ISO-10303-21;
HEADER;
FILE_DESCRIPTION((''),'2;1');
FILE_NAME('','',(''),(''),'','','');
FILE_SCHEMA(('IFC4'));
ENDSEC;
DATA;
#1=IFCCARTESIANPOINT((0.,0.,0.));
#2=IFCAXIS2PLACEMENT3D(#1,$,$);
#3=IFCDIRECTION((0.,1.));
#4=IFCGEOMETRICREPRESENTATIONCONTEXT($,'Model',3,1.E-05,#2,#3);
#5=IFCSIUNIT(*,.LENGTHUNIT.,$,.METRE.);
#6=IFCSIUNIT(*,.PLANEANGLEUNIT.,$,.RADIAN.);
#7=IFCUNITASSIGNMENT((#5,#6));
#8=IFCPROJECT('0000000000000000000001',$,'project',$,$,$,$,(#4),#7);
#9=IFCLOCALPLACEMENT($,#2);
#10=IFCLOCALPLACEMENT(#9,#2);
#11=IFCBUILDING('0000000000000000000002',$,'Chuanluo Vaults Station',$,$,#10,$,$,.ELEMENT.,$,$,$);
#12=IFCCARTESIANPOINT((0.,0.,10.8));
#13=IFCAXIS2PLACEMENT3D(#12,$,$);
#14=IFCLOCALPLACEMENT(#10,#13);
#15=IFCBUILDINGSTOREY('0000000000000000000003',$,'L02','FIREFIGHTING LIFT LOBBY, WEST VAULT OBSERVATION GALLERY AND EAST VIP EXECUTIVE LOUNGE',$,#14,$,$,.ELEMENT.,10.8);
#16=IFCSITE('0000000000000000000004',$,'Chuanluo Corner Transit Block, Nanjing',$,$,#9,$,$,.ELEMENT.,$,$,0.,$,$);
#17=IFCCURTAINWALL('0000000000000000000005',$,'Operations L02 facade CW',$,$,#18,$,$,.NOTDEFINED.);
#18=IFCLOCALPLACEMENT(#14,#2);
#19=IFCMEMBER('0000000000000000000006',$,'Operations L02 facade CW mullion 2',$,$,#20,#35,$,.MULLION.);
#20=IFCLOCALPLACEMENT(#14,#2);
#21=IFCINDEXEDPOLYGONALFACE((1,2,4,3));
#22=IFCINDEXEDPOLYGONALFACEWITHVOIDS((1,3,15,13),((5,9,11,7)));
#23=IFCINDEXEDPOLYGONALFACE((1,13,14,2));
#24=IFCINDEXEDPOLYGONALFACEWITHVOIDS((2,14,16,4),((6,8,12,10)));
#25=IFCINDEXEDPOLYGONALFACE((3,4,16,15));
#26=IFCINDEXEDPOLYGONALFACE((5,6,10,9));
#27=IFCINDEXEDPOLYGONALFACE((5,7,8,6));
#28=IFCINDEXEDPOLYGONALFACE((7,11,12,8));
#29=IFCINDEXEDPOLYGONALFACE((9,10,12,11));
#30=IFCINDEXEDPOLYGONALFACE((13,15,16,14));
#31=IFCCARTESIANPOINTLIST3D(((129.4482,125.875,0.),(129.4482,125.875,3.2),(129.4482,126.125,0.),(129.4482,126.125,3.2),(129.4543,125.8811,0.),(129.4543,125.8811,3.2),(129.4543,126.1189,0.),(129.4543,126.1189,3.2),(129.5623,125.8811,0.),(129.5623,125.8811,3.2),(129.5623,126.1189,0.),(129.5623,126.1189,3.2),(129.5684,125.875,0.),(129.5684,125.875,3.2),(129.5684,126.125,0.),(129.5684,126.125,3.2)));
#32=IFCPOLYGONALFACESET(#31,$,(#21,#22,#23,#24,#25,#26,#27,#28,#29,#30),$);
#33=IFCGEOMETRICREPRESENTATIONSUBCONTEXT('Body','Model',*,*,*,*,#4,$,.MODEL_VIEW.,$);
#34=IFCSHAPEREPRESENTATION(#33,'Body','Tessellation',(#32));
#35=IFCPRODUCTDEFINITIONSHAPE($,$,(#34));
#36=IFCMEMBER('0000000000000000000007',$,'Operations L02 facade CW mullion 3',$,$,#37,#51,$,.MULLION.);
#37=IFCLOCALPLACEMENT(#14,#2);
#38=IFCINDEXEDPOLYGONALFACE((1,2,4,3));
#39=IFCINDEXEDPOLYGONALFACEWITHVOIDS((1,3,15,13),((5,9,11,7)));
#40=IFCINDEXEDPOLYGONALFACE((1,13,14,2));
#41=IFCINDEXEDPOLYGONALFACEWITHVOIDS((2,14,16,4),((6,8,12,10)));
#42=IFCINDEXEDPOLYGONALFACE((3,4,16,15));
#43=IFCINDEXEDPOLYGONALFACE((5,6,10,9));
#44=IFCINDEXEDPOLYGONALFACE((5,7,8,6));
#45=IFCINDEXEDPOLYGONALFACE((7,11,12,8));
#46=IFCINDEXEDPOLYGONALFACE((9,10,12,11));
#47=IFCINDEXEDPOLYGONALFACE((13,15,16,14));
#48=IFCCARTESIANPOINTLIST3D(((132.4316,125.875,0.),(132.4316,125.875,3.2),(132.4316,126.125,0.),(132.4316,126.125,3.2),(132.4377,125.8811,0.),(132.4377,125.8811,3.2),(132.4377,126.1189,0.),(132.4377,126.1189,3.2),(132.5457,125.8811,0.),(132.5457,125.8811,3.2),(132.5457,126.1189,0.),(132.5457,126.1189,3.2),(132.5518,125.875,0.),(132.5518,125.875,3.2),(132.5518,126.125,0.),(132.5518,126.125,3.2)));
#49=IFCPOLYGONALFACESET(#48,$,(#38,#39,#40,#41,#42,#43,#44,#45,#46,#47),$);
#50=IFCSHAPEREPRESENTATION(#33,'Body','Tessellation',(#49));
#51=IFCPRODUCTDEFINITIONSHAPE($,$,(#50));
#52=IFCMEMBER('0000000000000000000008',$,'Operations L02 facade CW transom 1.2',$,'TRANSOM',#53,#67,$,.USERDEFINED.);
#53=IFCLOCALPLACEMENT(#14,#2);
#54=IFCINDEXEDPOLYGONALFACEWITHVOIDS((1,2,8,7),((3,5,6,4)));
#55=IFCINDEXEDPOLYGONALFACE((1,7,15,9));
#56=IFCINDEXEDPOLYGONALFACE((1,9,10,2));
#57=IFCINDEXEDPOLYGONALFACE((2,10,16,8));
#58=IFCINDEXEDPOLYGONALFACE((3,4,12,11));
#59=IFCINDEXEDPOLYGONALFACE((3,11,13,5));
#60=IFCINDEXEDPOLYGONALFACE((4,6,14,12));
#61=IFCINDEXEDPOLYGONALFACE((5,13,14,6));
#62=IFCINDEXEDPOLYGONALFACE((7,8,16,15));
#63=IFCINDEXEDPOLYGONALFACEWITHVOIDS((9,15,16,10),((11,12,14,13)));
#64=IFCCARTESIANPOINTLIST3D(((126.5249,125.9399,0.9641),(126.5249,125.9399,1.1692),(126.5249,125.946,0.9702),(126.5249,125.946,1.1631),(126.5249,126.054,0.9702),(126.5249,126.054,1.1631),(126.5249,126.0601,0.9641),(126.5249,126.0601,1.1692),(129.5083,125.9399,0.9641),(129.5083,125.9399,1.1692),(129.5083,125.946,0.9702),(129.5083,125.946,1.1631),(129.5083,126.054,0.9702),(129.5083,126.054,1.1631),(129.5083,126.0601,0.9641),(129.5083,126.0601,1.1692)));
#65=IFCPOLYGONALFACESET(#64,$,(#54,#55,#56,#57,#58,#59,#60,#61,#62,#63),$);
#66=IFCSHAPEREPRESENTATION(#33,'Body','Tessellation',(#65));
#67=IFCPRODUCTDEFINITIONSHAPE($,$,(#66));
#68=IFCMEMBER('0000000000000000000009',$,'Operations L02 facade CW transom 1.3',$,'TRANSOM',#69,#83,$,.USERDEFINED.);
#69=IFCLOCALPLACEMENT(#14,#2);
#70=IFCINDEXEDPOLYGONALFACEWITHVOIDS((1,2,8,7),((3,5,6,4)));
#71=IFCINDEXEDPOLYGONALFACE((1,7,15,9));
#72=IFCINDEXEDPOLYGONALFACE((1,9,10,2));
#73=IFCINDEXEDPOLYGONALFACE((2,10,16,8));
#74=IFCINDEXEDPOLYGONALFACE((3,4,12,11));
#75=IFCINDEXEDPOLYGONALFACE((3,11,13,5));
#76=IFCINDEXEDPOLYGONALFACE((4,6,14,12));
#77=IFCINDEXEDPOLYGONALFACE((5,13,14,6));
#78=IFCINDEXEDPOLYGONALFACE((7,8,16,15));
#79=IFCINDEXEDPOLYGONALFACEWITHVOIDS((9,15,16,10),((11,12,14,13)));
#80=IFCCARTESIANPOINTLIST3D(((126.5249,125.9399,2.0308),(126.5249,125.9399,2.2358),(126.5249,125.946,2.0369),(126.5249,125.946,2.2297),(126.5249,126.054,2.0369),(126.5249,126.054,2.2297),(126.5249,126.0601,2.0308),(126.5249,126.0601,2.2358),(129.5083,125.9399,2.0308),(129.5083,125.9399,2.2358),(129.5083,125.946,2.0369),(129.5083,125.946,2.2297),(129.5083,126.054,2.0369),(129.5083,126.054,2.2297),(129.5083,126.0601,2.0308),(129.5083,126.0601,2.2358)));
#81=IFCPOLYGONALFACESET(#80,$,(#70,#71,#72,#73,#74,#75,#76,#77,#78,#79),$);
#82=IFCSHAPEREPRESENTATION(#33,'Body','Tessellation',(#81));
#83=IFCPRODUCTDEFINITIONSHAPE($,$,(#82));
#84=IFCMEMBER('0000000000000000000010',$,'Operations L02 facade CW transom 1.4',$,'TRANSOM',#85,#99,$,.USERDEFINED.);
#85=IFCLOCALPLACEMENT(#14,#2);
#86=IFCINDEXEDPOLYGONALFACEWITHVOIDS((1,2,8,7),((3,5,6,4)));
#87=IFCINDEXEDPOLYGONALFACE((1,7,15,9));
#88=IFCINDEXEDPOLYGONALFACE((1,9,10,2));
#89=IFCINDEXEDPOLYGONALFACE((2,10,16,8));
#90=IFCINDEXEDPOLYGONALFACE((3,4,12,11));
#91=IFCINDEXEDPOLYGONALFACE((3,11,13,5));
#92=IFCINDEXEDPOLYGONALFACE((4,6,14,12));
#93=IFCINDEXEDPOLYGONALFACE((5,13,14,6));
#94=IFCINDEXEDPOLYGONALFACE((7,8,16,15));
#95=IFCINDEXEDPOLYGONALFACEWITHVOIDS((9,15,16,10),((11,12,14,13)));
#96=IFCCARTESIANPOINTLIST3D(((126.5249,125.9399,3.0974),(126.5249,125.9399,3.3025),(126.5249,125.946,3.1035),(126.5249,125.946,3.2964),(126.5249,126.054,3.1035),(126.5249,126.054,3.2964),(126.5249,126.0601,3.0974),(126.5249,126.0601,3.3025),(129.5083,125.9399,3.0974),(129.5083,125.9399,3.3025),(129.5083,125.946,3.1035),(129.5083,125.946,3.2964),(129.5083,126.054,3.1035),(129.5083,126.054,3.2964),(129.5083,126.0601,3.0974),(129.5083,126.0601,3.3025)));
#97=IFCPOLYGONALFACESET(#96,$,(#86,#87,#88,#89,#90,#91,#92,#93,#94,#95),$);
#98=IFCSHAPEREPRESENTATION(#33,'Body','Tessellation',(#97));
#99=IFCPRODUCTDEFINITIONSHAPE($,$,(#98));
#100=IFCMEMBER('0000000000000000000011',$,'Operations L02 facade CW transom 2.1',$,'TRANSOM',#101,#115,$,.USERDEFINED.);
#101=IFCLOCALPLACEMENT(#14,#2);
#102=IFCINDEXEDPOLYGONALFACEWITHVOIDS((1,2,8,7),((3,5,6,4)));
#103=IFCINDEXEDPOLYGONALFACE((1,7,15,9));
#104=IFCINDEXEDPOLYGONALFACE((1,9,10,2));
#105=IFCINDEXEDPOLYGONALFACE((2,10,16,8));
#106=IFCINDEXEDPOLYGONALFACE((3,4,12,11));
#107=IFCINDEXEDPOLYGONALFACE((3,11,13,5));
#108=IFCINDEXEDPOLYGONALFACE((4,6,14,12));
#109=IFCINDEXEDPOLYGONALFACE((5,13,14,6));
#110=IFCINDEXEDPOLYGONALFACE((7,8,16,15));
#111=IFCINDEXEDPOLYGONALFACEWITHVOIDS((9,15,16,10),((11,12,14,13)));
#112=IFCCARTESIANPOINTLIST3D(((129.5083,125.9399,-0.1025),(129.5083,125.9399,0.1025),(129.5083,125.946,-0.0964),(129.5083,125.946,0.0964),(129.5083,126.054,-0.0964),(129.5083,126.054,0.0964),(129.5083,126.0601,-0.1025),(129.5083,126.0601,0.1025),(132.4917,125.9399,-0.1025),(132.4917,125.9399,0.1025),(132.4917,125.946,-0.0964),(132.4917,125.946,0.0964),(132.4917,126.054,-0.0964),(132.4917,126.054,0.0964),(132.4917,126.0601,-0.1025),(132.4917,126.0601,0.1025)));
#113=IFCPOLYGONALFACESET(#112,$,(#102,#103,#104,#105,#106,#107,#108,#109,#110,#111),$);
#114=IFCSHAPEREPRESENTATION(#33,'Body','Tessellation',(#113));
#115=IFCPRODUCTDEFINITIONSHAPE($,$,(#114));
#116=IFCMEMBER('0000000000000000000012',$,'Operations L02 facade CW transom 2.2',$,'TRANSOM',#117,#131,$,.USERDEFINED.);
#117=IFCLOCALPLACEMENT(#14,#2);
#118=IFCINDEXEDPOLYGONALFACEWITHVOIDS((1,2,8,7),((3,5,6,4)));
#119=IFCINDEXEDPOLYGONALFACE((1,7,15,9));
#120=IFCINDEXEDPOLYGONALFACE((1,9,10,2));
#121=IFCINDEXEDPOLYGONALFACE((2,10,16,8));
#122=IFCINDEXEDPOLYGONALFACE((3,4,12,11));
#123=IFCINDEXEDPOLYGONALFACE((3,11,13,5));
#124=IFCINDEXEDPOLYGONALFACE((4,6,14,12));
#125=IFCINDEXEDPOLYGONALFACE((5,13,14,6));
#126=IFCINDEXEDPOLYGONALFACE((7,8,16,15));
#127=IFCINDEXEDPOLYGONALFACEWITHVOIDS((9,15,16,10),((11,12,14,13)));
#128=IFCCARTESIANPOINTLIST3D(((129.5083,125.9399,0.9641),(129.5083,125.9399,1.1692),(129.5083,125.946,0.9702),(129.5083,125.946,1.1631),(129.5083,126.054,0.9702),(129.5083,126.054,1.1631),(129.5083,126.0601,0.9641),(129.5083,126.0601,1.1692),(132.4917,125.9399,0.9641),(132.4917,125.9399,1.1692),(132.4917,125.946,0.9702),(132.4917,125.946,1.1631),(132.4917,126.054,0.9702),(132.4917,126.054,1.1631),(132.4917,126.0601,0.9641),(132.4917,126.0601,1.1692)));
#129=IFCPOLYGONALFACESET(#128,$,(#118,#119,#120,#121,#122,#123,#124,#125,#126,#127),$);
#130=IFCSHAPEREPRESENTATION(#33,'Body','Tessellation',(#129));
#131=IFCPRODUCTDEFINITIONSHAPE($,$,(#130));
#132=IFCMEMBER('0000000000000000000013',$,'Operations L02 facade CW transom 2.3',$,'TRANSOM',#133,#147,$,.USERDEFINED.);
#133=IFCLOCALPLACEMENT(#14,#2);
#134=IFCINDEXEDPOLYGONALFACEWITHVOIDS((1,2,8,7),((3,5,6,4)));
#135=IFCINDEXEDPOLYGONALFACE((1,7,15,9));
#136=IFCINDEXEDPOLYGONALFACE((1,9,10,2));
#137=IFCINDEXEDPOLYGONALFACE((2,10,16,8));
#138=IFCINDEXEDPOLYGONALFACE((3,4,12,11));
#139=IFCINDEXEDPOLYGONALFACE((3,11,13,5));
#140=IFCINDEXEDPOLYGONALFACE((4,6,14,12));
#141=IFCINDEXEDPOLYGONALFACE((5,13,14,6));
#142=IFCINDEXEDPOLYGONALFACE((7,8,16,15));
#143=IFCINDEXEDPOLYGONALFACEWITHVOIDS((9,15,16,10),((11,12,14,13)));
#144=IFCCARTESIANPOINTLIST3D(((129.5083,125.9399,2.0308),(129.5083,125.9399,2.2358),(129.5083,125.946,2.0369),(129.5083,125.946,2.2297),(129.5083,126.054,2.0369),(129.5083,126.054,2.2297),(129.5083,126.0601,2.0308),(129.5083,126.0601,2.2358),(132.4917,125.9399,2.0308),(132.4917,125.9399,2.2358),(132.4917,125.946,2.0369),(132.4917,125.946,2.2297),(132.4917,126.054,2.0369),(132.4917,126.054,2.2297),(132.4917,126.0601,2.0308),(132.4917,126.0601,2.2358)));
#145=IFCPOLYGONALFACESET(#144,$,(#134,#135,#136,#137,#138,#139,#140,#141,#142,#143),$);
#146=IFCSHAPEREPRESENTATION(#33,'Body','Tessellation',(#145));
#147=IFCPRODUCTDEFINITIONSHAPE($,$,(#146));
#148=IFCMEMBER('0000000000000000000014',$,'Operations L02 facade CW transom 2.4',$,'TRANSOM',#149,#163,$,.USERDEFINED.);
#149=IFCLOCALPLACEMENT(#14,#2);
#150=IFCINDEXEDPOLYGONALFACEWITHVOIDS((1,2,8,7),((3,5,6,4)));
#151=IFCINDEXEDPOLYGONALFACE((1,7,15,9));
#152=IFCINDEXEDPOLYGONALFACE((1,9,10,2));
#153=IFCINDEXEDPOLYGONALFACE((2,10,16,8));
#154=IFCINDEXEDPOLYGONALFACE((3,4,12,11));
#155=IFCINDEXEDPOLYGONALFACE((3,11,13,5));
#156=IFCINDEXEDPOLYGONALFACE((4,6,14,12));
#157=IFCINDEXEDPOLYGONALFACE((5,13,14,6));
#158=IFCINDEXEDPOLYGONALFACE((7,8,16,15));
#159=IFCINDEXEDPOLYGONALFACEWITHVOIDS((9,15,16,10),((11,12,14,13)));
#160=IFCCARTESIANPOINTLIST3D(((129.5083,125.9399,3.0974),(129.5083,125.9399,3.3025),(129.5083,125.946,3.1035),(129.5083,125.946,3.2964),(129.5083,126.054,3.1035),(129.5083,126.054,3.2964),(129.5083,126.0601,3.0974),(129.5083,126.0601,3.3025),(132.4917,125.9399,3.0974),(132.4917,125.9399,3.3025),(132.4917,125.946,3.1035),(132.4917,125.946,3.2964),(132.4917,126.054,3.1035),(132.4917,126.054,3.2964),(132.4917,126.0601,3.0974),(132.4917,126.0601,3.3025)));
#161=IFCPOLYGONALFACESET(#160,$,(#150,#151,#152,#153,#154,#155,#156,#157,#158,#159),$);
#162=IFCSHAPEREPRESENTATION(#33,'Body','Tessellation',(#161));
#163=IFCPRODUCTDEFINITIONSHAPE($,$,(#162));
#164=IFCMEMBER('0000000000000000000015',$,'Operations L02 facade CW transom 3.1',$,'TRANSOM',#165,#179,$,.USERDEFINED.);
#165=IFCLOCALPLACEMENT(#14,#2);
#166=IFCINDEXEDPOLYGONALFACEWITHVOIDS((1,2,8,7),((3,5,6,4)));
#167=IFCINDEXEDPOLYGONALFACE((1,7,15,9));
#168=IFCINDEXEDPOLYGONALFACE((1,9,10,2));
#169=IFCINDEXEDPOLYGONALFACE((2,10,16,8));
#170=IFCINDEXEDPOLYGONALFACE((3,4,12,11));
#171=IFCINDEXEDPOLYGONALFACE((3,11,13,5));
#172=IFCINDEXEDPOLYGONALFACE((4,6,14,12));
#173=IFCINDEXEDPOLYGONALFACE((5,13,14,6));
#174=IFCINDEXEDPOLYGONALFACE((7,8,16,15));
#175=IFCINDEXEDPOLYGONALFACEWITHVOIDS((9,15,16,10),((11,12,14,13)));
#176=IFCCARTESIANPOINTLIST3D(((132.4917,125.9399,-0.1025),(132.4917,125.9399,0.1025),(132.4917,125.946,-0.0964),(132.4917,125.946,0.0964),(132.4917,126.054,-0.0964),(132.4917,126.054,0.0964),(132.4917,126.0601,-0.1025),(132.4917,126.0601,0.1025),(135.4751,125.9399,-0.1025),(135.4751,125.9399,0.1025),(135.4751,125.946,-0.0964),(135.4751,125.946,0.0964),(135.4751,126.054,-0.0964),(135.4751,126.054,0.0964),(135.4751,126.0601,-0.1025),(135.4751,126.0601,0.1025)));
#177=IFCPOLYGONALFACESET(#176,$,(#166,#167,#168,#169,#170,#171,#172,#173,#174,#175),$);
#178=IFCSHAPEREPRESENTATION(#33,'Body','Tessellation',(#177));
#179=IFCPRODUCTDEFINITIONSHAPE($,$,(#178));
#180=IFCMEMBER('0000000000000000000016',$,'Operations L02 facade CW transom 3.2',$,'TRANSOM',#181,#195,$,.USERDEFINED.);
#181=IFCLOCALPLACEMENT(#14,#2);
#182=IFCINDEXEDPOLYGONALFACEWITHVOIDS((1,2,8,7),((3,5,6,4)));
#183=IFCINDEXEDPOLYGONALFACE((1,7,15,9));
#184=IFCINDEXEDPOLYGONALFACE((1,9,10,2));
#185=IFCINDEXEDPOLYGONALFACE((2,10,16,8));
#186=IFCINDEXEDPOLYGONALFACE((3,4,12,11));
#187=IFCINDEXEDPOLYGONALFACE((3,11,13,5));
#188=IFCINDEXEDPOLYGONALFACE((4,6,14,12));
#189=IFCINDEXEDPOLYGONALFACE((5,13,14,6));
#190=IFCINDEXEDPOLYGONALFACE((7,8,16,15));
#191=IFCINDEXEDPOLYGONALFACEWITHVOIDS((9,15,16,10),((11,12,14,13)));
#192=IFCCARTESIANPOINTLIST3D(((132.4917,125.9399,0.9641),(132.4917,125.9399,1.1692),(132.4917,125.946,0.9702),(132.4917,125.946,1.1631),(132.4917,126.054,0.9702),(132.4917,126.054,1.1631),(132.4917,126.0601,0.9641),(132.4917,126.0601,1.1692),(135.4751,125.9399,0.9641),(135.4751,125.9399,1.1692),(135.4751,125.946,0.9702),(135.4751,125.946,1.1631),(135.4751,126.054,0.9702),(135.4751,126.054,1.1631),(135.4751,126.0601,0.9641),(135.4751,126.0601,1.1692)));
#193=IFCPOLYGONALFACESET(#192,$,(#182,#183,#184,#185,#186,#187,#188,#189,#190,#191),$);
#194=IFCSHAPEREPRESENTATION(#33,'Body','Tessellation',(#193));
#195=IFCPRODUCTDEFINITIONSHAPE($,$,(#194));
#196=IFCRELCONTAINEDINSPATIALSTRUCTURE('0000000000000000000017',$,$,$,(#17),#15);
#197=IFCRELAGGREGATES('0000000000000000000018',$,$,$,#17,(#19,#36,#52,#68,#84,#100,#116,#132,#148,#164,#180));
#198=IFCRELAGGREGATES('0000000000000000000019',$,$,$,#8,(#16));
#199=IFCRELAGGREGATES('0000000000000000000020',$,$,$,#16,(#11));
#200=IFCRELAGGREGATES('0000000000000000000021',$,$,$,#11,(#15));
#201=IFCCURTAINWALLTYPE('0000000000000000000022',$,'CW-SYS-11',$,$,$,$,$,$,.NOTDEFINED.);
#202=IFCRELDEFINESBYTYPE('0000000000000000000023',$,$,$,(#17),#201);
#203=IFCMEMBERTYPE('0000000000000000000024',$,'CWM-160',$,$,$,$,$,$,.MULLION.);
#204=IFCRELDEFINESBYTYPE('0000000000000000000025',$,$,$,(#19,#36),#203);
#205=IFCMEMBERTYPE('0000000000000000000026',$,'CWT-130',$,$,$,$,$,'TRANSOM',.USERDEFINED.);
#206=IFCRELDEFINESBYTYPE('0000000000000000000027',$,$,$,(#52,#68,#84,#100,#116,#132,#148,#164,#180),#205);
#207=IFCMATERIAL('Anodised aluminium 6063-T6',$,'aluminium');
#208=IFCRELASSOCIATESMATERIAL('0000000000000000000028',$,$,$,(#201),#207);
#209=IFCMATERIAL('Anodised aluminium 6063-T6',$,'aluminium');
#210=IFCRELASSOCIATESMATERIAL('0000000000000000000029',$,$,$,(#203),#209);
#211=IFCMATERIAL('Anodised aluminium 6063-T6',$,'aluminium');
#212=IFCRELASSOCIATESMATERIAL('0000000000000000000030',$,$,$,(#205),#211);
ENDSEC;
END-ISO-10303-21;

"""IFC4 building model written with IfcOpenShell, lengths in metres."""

from ifc_helpers import new_model, si_unit, direction, frame, origin, origin_2d, place, context, subcontext, project, spatial, hollow_rectangle, extrude, material, material_profile, profile_set, type_object, element, aggregate, save


model = new_model("IFC4")

# Units and contexts
model_context = context("Model", 3, precision=1e-05, world=origin(), true_north=direction((0.0, 1.0)))
body_context = subcontext(model_context, "Body", "Model", "MODEL_VIEW")
ifc_project = project(units=[si_unit("LENGTHUNIT", "METRE"), si_unit("PLANEANGLEUNIT", "RADIAN")], contexts=[model_context])

# Site, building, storey
site_placement = place(None, origin())
site = spatial("IfcSite", under=ifc_project, at=site_placement, Name="Chuanluo Corner Transit Block, Nanjing", CompositionType="ELEMENT", RefElevation=0.0)
building_placement = place(site_placement, origin())
building = spatial("IfcBuilding", under=site, at=building_placement, Name="Chuanluo Vaults Station", CompositionType="ELEMENT")
storey_placement = place(building_placement, frame((0.0, 0.0, 10.8)))
storey = spatial("IfcBuildingStorey", under=building, at=storey_placement, Name="L02", Description="FIREFIGHTING LIFT LOBBY, WEST VAULT OBSERVATION GALLERY AND EAST VIP EXECUTIVE LOUNGE", CompositionType="ELEMENT", Elevation=10.8)

# Curtain wall, members
ifc_material_1 = material(Name="Anodised aluminium 6063-T6", Category="aluminium")
curtain_wall_type = type_object("IfcCurtainWallType", Name="CW-SYS-11", PredefinedType="NOTDEFINED", material=ifc_material_1)
curtain_wall_placement = place(storey_placement, origin())
curtain_wall = element("IfcCurtainWall", 1, at=curtain_wall_placement, inside=storey, type_object=curtain_wall_type, Name="Operations L02 facade CW", PredefinedType="NOTDEFINED")
ifc_material_2 = material(Name="Anodised aluminium 6063-T6", Category="aluminium")
ifc_material_profile_1 = material_profile(ifc_material_2, hollow_rectangle(XDim=0.1201, YDim=0.25, WallThickness=0.0061, at=origin_2d()))
ifc_profile_set_1 = profile_set([ifc_material_profile_1], Name="Anodised aluminium 6063-T6")
member_type_1 = type_object("IfcMemberType", Name="CWM-160", PredefinedType="MULLION", material=ifc_profile_set_1)
member_1_placement = place(storey_placement, frame((129.5083, 126.0, 0.0), z_axis=(0.0, 0.0, 1.0), x_axis=(1.0, 0.0, 0.0)))
member_1 = element("IfcMember", 2, at=member_1_placement, type_object=member_type_1, Name="Operations L02 facade CW mullion 2", PredefinedType="MULLION", context=body_context, shape_type="SweptSolid", body=[
    extrude(hollow_rectangle(XDim=0.1201, YDim=0.25, WallThickness=0.0061, at=origin_2d()), origin(), (0.0, 0.0, 1.0), 3.2),
])
member_2_placement = place(storey_placement, frame((132.4917, 126.0, 0.0), z_axis=(0.0, 0.0, 1.0), x_axis=(1.0, 0.0, 0.0)))
member_2 = element("IfcMember", 3, at=member_2_placement, type_object=member_type_1, Name="Operations L02 facade CW mullion 3", PredefinedType="MULLION", context=body_context, shape_type="SweptSolid", body=[
    extrude(hollow_rectangle(XDim=0.1201, YDim=0.25, WallThickness=0.0061, at=origin_2d()), origin(), (0.0, 0.0, 1.0), 3.2),
])
ifc_material_3 = material(Name="Anodised aluminium 6063-T6", Category="aluminium")
ifc_material_profile_2 = material_profile(ifc_material_3, hollow_rectangle(XDim=0.1201, YDim=0.2051, WallThickness=0.0061, at=origin_2d()))
ifc_profile_set_2 = profile_set([ifc_material_profile_2], Name="Anodised aluminium 6063-T6")
member_type_2 = type_object("IfcMemberType", Name="CWT-130", ElementType="TRANSOM", PredefinedType="USERDEFINED", material=ifc_profile_set_2)
member_3_placement = place(storey_placement, frame((126.5249, 126.0, 1.0667), z_axis=(1.0, 0.0, 0.0), x_axis=(0.0, 1.0, 0.0)))
member_3 = element("IfcMember", 4, at=member_3_placement, type_object=member_type_2, Name="Operations L02 facade CW transom 1.2", ObjectType="TRANSOM", PredefinedType="USERDEFINED", context=body_context, shape_type="SweptSolid", body=[
    extrude(hollow_rectangle(XDim=0.1201, YDim=0.2051, WallThickness=0.0061, at=origin_2d()), origin(), (0.0, 0.0, 1.0), 2.9834),
])
member_4_placement = place(storey_placement, frame((126.5249, 126.0, 2.1333), z_axis=(1.0, 0.0, 0.0), x_axis=(0.0, 1.0, 0.0)))
member_4 = element("IfcMember", 5, at=member_4_placement, type_object=member_type_2, Name="Operations L02 facade CW transom 1.3", ObjectType="TRANSOM", PredefinedType="USERDEFINED", context=body_context, shape_type="SweptSolid", body=[
    extrude(hollow_rectangle(XDim=0.1201, YDim=0.2051, WallThickness=0.0061, at=origin_2d()), origin(), (0.0, 0.0, 1.0), 2.9834),
])
member_5_placement = place(storey_placement, frame((126.5249, 126.0, 3.2), z_axis=(1.0, 0.0, 0.0), x_axis=(0.0, 1.0, 0.0)))
member_5 = element("IfcMember", 6, at=member_5_placement, type_object=member_type_2, Name="Operations L02 facade CW transom 1.4", ObjectType="TRANSOM", PredefinedType="USERDEFINED", context=body_context, shape_type="SweptSolid", body=[
    extrude(hollow_rectangle(XDim=0.1201, YDim=0.2051, WallThickness=0.0061, at=origin_2d()), origin(), (0.0, 0.0, 1.0), 2.9834),
])
member_6_placement = place(storey_placement, frame((129.5083, 126.0, 0.0), z_axis=(1.0, 0.0, 0.0), x_axis=(0.0, 1.0, 0.0)))
member_6 = element("IfcMember", 7, at=member_6_placement, type_object=member_type_2, Name="Operations L02 facade CW transom 2.1", ObjectType="TRANSOM", PredefinedType="USERDEFINED", context=body_context, shape_type="SweptSolid", body=[
    extrude(hollow_rectangle(XDim=0.1201, YDim=0.2051, WallThickness=0.0061, at=origin_2d()), origin(), (0.0, 0.0, 1.0), 2.9834),
])
member_7_placement = place(storey_placement, frame((129.5083, 126.0, 1.0667), z_axis=(1.0, 0.0, 0.0), x_axis=(0.0, 1.0, 0.0)))
member_7 = element("IfcMember", 8, at=member_7_placement, type_object=member_type_2, Name="Operations L02 facade CW transom 2.2", ObjectType="TRANSOM", PredefinedType="USERDEFINED", context=body_context, shape_type="SweptSolid", body=[
    extrude(hollow_rectangle(XDim=0.1201, YDim=0.2051, WallThickness=0.0061, at=origin_2d()), origin(), (0.0, 0.0, 1.0), 2.9834),
])
member_8_placement = place(storey_placement, frame((129.5083, 126.0, 2.1333), z_axis=(1.0, 0.0, 0.0), x_axis=(0.0, 1.0, 0.0)))
member_8 = element("IfcMember", 9, at=member_8_placement, type_object=member_type_2, Name="Operations L02 facade CW transom 2.3", ObjectType="TRANSOM", PredefinedType="USERDEFINED", context=body_context, shape_type="SweptSolid", body=[
    extrude(hollow_rectangle(XDim=0.1201, YDim=0.2051, WallThickness=0.0061, at=origin_2d()), origin(), (0.0, 0.0, 1.0), 2.9834),
])
member_9_placement = place(storey_placement, frame((129.5083, 126.0, 3.2), z_axis=(1.0, 0.0, 0.0), x_axis=(0.0, 1.0, 0.0)))
member_9 = element("IfcMember", 10, at=member_9_placement, type_object=member_type_2, Name="Operations L02 facade CW transom 2.4", ObjectType="TRANSOM", PredefinedType="USERDEFINED", context=body_context, shape_type="SweptSolid", body=[
    extrude(hollow_rectangle(XDim=0.1201, YDim=0.2051, WallThickness=0.0061, at=origin_2d()), origin(), (0.0, 0.0, 1.0), 2.9834),
])
member_10_placement = place(storey_placement, frame((132.4917, 126.0, 0.0), z_axis=(1.0, 0.0, 0.0), x_axis=(0.0, 1.0, 0.0)))
member_10 = element("IfcMember", 11, at=member_10_placement, type_object=member_type_2, Name="Operations L02 facade CW transom 3.1", ObjectType="TRANSOM", PredefinedType="USERDEFINED", context=body_context, shape_type="SweptSolid", body=[
    extrude(hollow_rectangle(XDim=0.1201, YDim=0.2051, WallThickness=0.0061, at=origin_2d()), origin(), (0.0, 0.0, 1.0), 2.9834),
])
member_11_placement = place(storey_placement, frame((132.4917, 126.0, 1.0667), z_axis=(1.0, 0.0, 0.0), x_axis=(0.0, 1.0, 0.0)))
member_11 = element("IfcMember", 12, at=member_11_placement, type_object=member_type_2, Name="Operations L02 facade CW transom 3.2", ObjectType="TRANSOM", PredefinedType="USERDEFINED", context=body_context, shape_type="SweptSolid", body=[
    extrude(hollow_rectangle(XDim=0.1201, YDim=0.2051, WallThickness=0.0061, at=origin_2d()), origin(), (0.0, 0.0, 1.0), 2.9834),
])
aggregate(curtain_wall, [member_1, member_2, member_3, member_4, member_5, member_6, member_7, member_8, member_9, member_10, member_11])

save(model, "model.ifc")
